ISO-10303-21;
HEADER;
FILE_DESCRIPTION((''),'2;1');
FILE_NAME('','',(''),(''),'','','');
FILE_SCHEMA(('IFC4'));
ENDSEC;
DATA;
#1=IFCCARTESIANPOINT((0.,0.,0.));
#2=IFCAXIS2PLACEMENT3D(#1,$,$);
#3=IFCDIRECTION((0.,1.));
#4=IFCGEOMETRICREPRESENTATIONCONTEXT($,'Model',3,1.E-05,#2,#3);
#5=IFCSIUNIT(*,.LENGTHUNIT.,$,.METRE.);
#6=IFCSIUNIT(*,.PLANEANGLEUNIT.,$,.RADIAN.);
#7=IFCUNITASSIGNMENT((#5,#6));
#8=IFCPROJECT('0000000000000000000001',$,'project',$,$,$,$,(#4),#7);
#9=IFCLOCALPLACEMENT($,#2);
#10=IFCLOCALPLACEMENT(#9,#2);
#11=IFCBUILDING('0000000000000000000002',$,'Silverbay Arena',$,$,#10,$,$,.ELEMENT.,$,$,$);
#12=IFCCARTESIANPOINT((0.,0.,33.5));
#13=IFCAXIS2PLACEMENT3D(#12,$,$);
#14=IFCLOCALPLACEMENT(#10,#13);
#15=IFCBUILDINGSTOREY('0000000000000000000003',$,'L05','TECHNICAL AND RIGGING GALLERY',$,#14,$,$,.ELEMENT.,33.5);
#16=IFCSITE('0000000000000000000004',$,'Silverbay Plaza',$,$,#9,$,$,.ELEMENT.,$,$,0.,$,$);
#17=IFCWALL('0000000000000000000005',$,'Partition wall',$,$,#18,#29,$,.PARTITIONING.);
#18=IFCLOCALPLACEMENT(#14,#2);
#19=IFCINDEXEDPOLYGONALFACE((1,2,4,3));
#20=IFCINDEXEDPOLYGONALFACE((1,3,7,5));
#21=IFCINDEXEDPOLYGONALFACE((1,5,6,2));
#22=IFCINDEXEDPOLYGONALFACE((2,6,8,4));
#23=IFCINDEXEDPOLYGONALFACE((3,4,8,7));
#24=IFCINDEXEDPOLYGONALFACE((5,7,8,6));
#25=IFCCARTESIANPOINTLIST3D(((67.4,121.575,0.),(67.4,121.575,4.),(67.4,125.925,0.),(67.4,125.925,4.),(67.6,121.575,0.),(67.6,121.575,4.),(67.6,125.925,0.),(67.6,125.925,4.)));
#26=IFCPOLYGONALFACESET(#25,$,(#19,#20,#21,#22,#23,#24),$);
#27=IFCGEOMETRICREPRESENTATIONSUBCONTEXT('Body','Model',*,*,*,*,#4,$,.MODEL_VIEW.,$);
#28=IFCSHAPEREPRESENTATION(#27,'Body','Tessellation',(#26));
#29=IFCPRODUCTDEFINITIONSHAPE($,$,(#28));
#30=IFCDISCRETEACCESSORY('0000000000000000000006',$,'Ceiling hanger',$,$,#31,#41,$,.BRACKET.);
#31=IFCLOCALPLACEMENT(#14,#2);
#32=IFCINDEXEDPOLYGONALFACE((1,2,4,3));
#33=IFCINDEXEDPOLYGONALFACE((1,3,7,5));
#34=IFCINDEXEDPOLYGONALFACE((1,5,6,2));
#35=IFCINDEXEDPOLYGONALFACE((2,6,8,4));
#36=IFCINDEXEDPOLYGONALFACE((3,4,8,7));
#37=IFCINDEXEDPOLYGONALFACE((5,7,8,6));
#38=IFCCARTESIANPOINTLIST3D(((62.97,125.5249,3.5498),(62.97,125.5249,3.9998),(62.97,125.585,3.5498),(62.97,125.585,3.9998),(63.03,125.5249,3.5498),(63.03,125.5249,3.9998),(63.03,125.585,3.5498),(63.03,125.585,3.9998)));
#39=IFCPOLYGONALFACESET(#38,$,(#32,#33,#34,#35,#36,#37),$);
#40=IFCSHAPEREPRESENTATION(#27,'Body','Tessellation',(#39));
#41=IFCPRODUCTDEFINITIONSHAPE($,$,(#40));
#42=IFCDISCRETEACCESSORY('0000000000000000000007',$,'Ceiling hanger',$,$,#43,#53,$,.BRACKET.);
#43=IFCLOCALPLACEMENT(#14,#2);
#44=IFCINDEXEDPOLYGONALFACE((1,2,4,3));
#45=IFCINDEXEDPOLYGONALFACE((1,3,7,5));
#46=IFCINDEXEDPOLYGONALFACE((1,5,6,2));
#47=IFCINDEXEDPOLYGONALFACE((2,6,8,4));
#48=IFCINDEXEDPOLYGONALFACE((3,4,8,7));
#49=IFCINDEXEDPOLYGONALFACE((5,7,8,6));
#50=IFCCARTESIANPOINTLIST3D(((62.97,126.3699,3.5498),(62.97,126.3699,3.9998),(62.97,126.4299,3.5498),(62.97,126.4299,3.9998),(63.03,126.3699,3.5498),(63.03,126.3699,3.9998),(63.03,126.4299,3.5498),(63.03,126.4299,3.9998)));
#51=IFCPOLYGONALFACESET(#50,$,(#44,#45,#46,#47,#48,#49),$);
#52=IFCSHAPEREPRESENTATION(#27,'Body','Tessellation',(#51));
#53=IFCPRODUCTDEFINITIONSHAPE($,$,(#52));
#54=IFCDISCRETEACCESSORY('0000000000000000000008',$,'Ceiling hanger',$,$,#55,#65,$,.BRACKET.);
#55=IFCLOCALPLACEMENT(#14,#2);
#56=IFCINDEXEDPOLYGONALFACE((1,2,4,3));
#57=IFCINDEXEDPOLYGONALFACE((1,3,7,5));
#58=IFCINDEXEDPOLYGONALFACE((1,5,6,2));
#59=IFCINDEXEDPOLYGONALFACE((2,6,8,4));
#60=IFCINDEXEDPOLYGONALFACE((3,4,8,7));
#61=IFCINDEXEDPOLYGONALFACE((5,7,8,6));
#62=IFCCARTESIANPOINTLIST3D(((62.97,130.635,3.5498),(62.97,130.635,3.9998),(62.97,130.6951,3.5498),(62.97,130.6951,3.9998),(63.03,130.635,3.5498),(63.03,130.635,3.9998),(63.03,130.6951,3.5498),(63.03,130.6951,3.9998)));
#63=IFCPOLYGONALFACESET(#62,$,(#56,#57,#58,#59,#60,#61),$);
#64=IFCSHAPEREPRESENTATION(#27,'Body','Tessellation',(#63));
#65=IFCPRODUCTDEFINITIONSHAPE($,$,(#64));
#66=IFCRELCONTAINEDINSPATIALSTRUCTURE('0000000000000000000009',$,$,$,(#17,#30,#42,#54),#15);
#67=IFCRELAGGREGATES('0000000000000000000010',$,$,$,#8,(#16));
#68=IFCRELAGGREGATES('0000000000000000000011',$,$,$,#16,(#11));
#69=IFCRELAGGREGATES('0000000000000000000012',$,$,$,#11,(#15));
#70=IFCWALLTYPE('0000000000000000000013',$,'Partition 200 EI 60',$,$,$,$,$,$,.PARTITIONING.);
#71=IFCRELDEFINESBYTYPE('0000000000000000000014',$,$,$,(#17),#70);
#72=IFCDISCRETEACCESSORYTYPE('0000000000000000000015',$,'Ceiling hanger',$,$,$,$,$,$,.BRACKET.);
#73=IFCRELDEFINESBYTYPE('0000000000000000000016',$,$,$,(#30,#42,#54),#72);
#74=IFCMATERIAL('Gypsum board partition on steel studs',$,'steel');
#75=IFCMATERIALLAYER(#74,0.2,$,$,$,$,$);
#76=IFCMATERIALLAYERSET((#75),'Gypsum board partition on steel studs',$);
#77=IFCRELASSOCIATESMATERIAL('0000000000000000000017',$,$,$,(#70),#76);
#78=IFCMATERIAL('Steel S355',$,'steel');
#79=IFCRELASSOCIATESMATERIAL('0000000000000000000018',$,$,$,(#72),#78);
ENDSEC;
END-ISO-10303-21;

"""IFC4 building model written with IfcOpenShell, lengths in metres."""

from ifc_helpers import new_model, si_unit, direction, frame, frame_2d, origin, origin_2d, place, context, subcontext, project, spatial, rectangle, extrude, material, layer, layer_set, type_object, element, save


model = new_model("IFC4")

# Units and contexts
model_context = context("Model", 3, precision=1e-05, world=origin(), true_north=direction((0.0, 1.0)))
body_context = subcontext(model_context, "Body", "Model", "MODEL_VIEW")
ifc_project = project(units=[si_unit("LENGTHUNIT", "METRE"), si_unit("PLANEANGLEUNIT", "RADIAN")], contexts=[model_context])

# Site, building, storey
site_placement = place(None, origin())
site = spatial("IfcSite", under=ifc_project, at=site_placement, Name="Silverbay Plaza", CompositionType="ELEMENT", RefElevation=0.0)
building_placement = place(site_placement, origin())
building = spatial("IfcBuilding", under=site, at=building_placement, Name="Silverbay Arena", CompositionType="ELEMENT")
storey_placement = place(building_placement, frame((0.0, 0.0, 33.5)))
storey = spatial("IfcBuildingStorey", under=building, at=storey_placement, Name="L05", Description="TECHNICAL AND RIGGING GALLERY", CompositionType="ELEMENT", Elevation=33.5)

# Wall
ifc_material_1 = material(Name="Gypsum board partition on steel studs", Category="steel")
ifc_layer_1 = layer(ifc_material_1, 0.2)
ifc_layer_set_1 = layer_set([ifc_layer_1], Name="Gypsum board partition on steel studs")
wall_type_1 = type_object("IfcWallType", Name="Partition 200 EI 60", PredefinedType="PARTITIONING", material=ifc_layer_set_1)
wall_1_placement = place(storey_placement, frame((67.5, 121.575, 0.0), z_axis=(0.0, 0.0, 1.0), x_axis=(0.0, 1.0, 0.0)))
element("IfcWall", 1, at=wall_1_placement, inside=storey, type_object=wall_type_1, Name="Partition wall", PredefinedType="PARTITIONING", context=body_context, shape_type="SweptSolid", body=[
    extrude(rectangle(XDim=4.3501, YDim=0.2, at=frame_2d((2.175, 0.0))), origin(), (0.0, 0.0, 1.0), 4.0),
])

# Discrete accessories
ifc_material_2 = material(Name="Steel S355", Category="steel")
discrete_accessory_type = type_object("IfcDiscreteAccessoryType", Name="Ceiling hanger", PredefinedType="BRACKET", material=ifc_material_2)
for number, where, z_axis, x_axis, name in (
    (2, (63.0, 125.5549, 3.5498), (0.0, 0.0, 1.0), (1.0, 0.0, 0.0), "Ceiling hanger"),
    (3, (63.0, 126.3999, 3.5498), (0.0, 0.0, 1.0), (1.0, 0.0, 0.0), "Ceiling hanger"),
    (4, (63.0, 130.665, 3.5498), (0.0, 0.0, 1.0), (1.0, 0.0, 0.0), "Ceiling hanger"),
):
    element("IfcDiscreteAccessory", number, at=place(storey_placement, frame(where, z_axis=z_axis, x_axis=x_axis)), inside=storey, type_object=discrete_accessory_type, Name=name, PredefinedType="BRACKET", context=body_context, shape_type="SweptSolid", body=[
        extrude(rectangle(XDim=0.0601, YDim=0.0601, at=origin_2d()), origin(), (0.0, 0.0, 1.0), 0.45),
    ])

save(model, "model.ifc")
